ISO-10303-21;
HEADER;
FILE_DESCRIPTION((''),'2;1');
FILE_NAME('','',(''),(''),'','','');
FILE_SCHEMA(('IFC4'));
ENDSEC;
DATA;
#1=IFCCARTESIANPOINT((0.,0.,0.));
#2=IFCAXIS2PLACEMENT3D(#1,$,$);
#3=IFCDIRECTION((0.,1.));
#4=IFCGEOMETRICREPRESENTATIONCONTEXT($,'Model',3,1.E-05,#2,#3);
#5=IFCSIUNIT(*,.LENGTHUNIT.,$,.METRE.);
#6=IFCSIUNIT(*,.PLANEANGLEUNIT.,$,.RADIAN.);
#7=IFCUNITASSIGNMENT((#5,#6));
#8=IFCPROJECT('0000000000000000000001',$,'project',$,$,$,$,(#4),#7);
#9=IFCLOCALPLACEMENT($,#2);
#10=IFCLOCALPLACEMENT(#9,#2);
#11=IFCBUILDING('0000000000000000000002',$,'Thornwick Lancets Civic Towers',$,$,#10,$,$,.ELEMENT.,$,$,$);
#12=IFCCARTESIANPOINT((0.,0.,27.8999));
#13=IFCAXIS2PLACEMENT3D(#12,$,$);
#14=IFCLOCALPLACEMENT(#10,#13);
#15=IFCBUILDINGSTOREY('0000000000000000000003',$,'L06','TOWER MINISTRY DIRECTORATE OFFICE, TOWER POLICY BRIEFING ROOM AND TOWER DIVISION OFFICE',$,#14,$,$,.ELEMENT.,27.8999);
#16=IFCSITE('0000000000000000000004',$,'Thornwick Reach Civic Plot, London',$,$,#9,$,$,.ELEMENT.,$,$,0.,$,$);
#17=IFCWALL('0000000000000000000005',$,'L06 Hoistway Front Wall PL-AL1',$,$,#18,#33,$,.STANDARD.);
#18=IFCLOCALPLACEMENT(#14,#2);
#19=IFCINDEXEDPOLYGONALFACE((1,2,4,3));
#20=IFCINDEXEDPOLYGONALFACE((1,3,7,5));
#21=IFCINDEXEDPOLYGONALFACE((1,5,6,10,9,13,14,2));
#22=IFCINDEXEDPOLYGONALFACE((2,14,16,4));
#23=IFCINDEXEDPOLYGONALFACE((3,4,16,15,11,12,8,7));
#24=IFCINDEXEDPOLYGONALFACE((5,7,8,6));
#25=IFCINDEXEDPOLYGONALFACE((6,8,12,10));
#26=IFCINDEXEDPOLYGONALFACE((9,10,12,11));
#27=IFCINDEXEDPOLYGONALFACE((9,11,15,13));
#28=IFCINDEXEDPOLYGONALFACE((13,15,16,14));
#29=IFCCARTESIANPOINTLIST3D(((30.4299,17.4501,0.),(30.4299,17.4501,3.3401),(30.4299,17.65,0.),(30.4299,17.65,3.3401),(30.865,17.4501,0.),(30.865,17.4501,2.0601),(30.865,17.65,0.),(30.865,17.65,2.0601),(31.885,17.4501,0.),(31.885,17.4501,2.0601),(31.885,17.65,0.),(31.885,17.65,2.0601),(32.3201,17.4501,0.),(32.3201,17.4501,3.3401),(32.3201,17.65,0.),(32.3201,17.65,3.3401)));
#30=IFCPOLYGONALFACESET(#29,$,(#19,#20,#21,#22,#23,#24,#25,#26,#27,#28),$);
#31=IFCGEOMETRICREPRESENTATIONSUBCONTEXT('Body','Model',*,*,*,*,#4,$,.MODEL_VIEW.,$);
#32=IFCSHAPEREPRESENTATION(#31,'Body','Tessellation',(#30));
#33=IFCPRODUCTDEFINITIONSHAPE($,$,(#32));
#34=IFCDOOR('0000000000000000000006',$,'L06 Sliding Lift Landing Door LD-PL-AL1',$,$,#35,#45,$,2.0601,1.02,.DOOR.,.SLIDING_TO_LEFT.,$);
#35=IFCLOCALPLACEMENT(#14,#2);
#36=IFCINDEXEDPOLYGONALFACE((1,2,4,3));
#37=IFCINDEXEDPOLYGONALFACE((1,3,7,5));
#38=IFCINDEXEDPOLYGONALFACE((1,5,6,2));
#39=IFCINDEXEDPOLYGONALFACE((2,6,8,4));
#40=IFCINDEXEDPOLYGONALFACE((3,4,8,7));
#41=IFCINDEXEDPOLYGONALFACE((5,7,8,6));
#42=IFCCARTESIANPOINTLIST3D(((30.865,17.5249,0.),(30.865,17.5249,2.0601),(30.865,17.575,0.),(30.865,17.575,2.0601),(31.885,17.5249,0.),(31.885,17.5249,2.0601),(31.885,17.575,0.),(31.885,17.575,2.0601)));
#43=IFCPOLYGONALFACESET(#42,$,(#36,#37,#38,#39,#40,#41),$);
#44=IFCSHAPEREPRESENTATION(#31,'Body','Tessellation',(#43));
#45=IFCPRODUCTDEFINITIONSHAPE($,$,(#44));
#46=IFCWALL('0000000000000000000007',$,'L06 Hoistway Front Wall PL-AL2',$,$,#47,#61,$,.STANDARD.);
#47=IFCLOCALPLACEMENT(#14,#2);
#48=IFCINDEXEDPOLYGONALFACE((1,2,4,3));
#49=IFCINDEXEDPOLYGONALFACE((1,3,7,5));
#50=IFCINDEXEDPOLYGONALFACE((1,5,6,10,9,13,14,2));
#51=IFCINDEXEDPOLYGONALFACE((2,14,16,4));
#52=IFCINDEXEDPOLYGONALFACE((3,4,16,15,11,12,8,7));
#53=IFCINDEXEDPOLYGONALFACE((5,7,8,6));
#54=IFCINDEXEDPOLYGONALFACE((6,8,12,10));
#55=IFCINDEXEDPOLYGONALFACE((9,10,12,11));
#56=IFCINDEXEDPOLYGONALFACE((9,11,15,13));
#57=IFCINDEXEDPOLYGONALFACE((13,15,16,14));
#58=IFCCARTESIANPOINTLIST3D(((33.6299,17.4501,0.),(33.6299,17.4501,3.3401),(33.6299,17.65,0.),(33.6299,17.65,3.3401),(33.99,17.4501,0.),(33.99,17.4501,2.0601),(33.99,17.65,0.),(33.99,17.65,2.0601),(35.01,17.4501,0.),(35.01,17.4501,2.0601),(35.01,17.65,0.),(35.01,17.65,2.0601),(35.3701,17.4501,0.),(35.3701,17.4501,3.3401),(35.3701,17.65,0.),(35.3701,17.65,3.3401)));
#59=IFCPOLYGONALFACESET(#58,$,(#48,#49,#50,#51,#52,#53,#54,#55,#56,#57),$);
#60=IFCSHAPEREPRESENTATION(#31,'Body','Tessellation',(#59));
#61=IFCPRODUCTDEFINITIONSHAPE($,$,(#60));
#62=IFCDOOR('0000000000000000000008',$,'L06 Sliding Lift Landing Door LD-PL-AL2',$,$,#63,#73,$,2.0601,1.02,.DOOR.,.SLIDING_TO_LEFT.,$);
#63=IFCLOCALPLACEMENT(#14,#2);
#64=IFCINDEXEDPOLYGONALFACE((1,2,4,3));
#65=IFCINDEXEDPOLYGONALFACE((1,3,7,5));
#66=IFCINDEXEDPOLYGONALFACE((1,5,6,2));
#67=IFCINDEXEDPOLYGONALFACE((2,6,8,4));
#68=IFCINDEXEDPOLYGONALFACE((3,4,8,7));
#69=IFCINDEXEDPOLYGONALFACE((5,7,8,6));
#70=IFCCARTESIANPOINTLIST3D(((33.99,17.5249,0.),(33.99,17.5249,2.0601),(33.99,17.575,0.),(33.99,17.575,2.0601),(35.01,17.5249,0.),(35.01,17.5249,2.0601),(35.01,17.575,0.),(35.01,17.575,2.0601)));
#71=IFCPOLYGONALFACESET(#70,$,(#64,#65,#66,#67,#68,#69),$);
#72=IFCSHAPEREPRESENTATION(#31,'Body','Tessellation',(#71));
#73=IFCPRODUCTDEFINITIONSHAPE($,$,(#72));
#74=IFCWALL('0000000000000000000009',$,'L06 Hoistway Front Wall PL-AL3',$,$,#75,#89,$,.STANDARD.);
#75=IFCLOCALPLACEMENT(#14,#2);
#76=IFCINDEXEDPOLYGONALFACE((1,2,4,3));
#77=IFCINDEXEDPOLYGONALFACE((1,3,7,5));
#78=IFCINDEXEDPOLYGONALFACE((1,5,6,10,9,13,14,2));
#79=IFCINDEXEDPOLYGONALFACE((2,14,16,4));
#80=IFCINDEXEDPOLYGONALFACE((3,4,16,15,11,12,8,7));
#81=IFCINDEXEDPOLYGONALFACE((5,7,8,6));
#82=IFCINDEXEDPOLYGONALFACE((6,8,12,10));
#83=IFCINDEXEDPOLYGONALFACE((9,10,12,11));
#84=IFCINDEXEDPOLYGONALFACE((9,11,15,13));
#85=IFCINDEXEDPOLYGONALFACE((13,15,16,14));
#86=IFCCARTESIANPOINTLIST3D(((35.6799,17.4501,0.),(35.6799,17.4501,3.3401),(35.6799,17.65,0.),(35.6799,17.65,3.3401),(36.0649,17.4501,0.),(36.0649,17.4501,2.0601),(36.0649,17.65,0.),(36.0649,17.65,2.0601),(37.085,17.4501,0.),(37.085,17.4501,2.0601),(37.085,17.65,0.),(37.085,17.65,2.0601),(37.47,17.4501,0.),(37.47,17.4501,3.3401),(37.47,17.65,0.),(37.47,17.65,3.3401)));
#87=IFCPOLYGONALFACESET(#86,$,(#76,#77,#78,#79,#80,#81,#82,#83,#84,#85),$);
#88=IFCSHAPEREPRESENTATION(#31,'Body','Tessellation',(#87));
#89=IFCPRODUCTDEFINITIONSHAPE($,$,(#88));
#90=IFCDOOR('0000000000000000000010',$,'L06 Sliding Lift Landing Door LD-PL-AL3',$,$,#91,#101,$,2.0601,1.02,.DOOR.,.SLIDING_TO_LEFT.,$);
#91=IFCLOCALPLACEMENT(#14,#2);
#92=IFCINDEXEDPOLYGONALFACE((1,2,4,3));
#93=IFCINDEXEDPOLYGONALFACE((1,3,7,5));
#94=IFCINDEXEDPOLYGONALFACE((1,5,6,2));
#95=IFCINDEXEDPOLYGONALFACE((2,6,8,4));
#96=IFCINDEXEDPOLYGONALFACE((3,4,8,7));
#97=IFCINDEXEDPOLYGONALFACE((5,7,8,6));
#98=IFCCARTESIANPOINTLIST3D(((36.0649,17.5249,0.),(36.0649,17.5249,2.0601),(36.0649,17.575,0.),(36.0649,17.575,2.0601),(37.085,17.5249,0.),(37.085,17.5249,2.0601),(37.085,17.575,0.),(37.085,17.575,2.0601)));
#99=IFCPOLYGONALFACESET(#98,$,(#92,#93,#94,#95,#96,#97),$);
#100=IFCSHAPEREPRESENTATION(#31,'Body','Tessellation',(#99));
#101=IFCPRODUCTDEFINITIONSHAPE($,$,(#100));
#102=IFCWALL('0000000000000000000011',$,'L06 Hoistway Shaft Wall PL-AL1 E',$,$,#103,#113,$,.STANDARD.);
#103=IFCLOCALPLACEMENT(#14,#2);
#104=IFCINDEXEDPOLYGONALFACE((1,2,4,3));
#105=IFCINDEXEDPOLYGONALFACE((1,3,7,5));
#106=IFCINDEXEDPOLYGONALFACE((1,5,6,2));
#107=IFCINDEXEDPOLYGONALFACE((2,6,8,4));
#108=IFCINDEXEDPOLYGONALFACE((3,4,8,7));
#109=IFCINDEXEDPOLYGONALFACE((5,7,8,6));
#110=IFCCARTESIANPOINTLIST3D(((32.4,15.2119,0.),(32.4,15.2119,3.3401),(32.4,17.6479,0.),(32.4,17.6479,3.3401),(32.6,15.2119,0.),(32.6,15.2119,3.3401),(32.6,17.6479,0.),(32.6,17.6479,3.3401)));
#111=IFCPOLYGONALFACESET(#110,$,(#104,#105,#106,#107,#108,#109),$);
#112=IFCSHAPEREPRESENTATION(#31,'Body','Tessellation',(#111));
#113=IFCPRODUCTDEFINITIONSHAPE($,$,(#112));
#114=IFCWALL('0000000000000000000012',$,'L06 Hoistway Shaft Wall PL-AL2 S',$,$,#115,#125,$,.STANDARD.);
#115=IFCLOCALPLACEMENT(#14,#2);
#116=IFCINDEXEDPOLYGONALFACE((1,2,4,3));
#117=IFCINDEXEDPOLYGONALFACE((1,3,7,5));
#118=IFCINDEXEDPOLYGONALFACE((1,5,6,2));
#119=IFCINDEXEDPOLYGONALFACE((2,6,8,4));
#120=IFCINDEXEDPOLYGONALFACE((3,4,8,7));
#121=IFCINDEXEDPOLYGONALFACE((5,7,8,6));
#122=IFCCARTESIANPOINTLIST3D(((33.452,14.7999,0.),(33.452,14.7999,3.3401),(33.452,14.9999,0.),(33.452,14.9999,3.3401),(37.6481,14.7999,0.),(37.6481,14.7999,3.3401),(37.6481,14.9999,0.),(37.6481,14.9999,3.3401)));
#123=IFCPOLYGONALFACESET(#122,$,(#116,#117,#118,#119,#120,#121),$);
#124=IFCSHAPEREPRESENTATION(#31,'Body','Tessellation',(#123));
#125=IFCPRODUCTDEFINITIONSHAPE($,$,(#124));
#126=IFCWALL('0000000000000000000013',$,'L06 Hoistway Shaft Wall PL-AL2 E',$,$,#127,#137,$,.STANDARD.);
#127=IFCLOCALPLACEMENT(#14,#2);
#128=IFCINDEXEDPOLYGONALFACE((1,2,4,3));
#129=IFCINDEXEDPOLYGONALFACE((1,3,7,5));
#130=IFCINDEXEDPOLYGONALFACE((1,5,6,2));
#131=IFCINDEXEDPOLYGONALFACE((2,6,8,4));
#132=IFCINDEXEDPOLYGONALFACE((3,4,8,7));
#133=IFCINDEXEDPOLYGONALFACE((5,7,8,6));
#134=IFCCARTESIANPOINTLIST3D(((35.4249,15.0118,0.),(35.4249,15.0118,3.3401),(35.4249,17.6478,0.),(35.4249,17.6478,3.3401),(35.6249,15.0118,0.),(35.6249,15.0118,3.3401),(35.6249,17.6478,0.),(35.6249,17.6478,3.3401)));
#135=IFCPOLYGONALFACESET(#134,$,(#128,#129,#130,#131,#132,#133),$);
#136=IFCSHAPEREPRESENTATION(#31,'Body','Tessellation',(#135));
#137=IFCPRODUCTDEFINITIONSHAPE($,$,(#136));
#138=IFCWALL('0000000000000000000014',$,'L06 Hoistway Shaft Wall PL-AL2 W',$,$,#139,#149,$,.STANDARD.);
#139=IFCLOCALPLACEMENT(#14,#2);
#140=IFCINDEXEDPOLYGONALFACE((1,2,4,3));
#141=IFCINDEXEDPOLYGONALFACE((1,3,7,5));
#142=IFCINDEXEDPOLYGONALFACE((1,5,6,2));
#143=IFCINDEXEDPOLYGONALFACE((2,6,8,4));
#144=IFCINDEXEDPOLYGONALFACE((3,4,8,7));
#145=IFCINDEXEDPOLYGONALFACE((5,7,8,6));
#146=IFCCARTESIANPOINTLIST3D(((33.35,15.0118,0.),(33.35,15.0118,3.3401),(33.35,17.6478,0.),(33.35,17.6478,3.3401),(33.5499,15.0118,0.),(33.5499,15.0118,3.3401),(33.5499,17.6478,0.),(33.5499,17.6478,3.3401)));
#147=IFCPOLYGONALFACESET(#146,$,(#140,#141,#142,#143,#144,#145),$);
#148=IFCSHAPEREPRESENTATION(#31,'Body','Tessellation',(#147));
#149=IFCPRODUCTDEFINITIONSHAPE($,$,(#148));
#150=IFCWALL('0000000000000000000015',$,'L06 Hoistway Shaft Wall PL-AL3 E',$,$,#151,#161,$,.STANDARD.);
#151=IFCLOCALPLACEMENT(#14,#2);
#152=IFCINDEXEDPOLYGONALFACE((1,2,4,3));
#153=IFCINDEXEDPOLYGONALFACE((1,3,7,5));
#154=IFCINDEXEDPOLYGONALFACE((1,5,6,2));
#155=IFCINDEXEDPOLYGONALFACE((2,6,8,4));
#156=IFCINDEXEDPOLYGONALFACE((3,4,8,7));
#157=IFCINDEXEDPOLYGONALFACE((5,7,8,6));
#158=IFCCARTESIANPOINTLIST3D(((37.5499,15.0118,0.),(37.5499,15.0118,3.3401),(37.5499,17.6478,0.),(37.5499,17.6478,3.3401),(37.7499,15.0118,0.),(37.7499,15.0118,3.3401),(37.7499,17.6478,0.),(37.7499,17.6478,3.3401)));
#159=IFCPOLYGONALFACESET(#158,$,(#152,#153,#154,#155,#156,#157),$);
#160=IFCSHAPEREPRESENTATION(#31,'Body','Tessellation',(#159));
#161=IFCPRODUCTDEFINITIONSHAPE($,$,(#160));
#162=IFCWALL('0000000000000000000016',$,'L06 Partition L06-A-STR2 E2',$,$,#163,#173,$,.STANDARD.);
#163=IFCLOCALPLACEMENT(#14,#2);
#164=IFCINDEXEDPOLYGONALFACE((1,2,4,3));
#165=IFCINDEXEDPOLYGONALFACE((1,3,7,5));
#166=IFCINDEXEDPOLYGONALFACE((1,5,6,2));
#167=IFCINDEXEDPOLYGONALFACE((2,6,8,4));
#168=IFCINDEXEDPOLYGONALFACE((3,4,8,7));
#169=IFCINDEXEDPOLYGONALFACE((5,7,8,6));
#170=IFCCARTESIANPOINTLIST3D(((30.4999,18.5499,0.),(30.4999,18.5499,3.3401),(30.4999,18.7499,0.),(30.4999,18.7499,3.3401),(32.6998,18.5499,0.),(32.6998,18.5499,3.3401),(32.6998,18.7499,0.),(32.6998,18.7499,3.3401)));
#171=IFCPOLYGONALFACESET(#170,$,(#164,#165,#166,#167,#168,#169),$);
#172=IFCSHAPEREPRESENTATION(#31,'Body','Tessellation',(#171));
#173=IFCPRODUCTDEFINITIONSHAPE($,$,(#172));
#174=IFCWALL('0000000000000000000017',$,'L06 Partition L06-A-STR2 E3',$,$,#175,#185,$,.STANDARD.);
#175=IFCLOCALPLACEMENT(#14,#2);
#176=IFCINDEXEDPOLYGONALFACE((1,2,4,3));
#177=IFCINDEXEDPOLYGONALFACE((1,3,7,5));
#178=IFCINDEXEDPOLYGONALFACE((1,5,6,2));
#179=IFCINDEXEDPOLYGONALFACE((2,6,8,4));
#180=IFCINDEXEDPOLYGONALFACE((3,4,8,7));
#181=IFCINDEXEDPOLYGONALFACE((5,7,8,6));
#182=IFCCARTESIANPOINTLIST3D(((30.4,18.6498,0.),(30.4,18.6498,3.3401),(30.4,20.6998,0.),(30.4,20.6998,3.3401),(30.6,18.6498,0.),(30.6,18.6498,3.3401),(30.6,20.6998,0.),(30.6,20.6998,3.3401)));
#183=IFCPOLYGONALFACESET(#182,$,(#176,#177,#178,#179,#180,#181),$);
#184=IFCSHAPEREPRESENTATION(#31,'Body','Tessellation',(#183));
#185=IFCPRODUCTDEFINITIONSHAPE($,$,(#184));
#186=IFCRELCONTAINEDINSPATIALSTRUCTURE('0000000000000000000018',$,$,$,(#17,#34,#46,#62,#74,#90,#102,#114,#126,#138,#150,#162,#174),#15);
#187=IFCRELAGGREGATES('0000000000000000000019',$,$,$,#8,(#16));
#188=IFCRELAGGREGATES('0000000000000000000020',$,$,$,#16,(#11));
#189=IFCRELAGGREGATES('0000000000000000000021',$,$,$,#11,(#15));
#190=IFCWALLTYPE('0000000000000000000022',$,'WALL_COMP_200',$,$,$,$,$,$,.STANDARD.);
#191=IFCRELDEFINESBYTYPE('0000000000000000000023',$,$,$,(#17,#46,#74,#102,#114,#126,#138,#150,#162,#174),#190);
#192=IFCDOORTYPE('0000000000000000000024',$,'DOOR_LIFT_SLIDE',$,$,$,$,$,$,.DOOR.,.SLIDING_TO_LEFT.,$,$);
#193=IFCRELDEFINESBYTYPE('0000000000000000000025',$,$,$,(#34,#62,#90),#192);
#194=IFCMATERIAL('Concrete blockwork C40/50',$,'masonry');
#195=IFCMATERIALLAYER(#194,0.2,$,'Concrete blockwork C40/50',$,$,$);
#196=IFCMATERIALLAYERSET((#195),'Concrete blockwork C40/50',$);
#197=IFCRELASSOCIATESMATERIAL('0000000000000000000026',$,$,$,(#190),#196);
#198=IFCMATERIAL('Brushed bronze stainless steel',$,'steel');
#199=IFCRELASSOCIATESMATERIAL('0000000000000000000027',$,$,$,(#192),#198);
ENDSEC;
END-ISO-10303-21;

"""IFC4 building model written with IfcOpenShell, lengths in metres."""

from ifc_helpers import new_model, si_unit, direction, frame, frame_2d, origin, place, context, subcontext, project, spatial, rectangle, extrude, material, layer, layer_set, type_object, element, fill, save


model = new_model("IFC4")

# Units and contexts
model_context = context("Model", 3, precision=1e-05, world=origin(), true_north=direction((0.0, 1.0)))
body_context = subcontext(model_context, "Body", "Model", "MODEL_VIEW")
ifc_project = project(units=[si_unit("LENGTHUNIT", "METRE"), si_unit("PLANEANGLEUNIT", "RADIAN")], contexts=[model_context])

# Site, building, storey
site_placement = place(None, origin())
site = spatial("IfcSite", under=ifc_project, at=site_placement, Name="Thornwick Reach Civic Plot, London", CompositionType="ELEMENT", RefElevation=0.0)
building_placement = place(site_placement, origin())
building = spatial("IfcBuilding", under=site, at=building_placement, Name="Thornwick Lancets Civic Towers", CompositionType="ELEMENT")
storey_placement = place(building_placement, frame((0.0, 0.0, 27.8999)))
storey = spatial("IfcBuildingStorey", under=building, at=storey_placement, Name="L06", Description="TOWER MINISTRY DIRECTORATE OFFICE, TOWER POLICY BRIEFING ROOM AND TOWER DIVISION OFFICE", CompositionType="ELEMENT", Elevation=27.8999)

# Walls, openings, doors
ifc_material_1 = material(Name="Concrete blockwork C40/50", Category="masonry")
ifc_layer_1 = layer(ifc_material_1, 0.2, Name="Concrete blockwork C40/50")
ifc_layer_set_1 = layer_set([ifc_layer_1], Name="Concrete blockwork C40/50")
wall_type_1 = type_object("IfcWallType", Name="WALL_COMP_200", PredefinedType="STANDARD", material=ifc_layer_set_1)
wall_1_placement = place(storey_placement, frame((30.4299, 17.55, 0.0), z_axis=(0.0, 0.0, 1.0), x_axis=(1.0, 0.0, 0.0)))
wall_1 = element("IfcWall", 1, at=wall_1_placement, inside=storey, type_object=wall_type_1, Name="L06 Hoistway Front Wall PL-AL1", PredefinedType="STANDARD", context=body_context, shape_type="SweptSolid", body=[
    extrude(rectangle(XDim=1.8901, YDim=0.2, at=frame_2d((0.9451, 0.0))), origin(), (0.0, 0.0, 1.0), 3.3401),
])
opening_1_placement = place(wall_1_placement, frame((0.4351, 0.0, 0.0)))
opening_1 = element("IfcOpeningElement", 2, at=opening_1_placement, cuts=wall_1, PredefinedType="OPENING", context=body_context, shape_type="SweptSolid", body=[
    extrude(rectangle(XDim=1.02, YDim=2.0601, at=frame_2d((0.51, 1.03))), frame((0.0, 0.1099, 0.0), z_axis=(0.0, -1.0, 0.0), x_axis=(1.0, 0.0, 0.0)), (0.0, 0.0, 1.0), 0.22),
])
ifc_material_2 = material(Name="Brushed bronze stainless steel", Category="steel")
door_type_1 = type_object("IfcDoorType", Name="DOOR_LIFT_SLIDE", OperationType="SLIDING_TO_LEFT", PredefinedType="DOOR", material=ifc_material_2)
door_1_placement = place(opening_1_placement, origin())
door_1 = element("IfcDoor", 3, at=door_1_placement, inside=storey, type_object=door_type_1, Name="L06 Sliding Lift Landing Door LD-PL-AL1", OperationType="SLIDING_TO_LEFT", OverallHeight=2.0601, OverallWidth=1.02, PredefinedType="DOOR", context=body_context, shape_type="SweptSolid", body=[
    extrude(rectangle(XDim=1.02, YDim=2.0601, at=frame_2d((0.51, 1.03))), frame((0.0, 0.0249, 0.0), z_axis=(0.0, -1.0, 0.0), x_axis=(1.0, 0.0, 0.0)), (0.0, 0.0, 1.0), 0.05),
])
fill(opening_1, door_1)
wall_2_placement = place(storey_placement, frame((33.6299, 17.55, 0.0), z_axis=(0.0, 0.0, 1.0), x_axis=(1.0, 0.0, 0.0)))
wall_2 = element("IfcWall", 4, at=wall_2_placement, inside=storey, type_object=wall_type_1, Name="L06 Hoistway Front Wall PL-AL2", PredefinedType="STANDARD", context=body_context, shape_type="SweptSolid", body=[
    extrude(rectangle(XDim=1.7402, YDim=0.2, at=frame_2d((0.8701, 0.0))), origin(), (0.0, 0.0, 1.0), 3.3401),
])
opening_2_placement = place(wall_2_placement, frame((0.3601, 0.0, 0.0)))
opening_2 = element("IfcOpeningElement", 5, at=opening_2_placement, cuts=wall_2, PredefinedType="OPENING", context=body_context, shape_type="SweptSolid", body=[
    extrude(rectangle(XDim=1.02, YDim=2.0601, at=frame_2d((0.51, 1.03))), frame((0.0, 0.1099, 0.0), z_axis=(0.0, -1.0, 0.0), x_axis=(1.0, 0.0, 0.0)), (0.0, 0.0, 1.0), 0.22),
])
door_2_placement = place(opening_2_placement, origin())
door_2 = element("IfcDoor", 6, at=door_2_placement, inside=storey, type_object=door_type_1, Name="L06 Sliding Lift Landing Door LD-PL-AL2", OperationType="SLIDING_TO_LEFT", OverallHeight=2.0601, OverallWidth=1.02, PredefinedType="DOOR", context=body_context, shape_type="SweptSolid", body=[
    extrude(rectangle(XDim=1.02, YDim=2.0601, at=frame_2d((0.51, 1.03))), frame((0.0, 0.0249, 0.0), z_axis=(0.0, -1.0, 0.0), x_axis=(1.0, 0.0, 0.0)), (0.0, 0.0, 1.0), 0.05),
])
fill(opening_2, door_2)
wall_3_placement = place(storey_placement, frame((35.6799, 17.55, 0.0), z_axis=(0.0, 0.0, 1.0), x_axis=(1.0, 0.0, 0.0)))
wall_3 = element("IfcWall", 7, at=wall_3_placement, inside=storey, type_object=wall_type_1, Name="L06 Hoistway Front Wall PL-AL3", PredefinedType="STANDARD", context=body_context, shape_type="SweptSolid", body=[
    extrude(rectangle(XDim=1.79, YDim=0.2, at=frame_2d((0.895, 0.0))), origin(), (0.0, 0.0, 1.0), 3.3401),
])
opening_3_placement = place(wall_3_placement, frame((0.385, 0.0, 0.0)))
opening_3 = element("IfcOpeningElement", 8, at=opening_3_placement, cuts=wall_3, PredefinedType="OPENING", context=body_context, shape_type="SweptSolid", body=[
    extrude(rectangle(XDim=1.02, YDim=2.0601, at=frame_2d((0.51, 1.03))), frame((0.0, 0.1099, 0.0), z_axis=(0.0, -1.0, 0.0), x_axis=(1.0, 0.0, 0.0)), (0.0, 0.0, 1.0), 0.22),
])
door_3_placement = place(opening_3_placement, origin())
door_3 = element("IfcDoor", 9, at=door_3_placement, inside=storey, type_object=door_type_1, Name="L06 Sliding Lift Landing Door LD-PL-AL3", OperationType="SLIDING_TO_LEFT", OverallHeight=2.0601, OverallWidth=1.02, PredefinedType="DOOR", context=body_context, shape_type="SweptSolid", body=[
    extrude(rectangle(XDim=1.02, YDim=2.0601, at=frame_2d((0.51, 1.03))), frame((0.0, 0.0249, 0.0), z_axis=(0.0, -1.0, 0.0), x_axis=(1.0, 0.0, 0.0)), (0.0, 0.0, 1.0), 0.05),
])
fill(opening_3, door_3)

# Walls
wall_4_placement = place(storey_placement, frame((32.5, 15.2119, 0.0), z_axis=(0.0, 0.0, 1.0), x_axis=(0.0, 1.0, 0.0)))
element("IfcWall", 10, at=wall_4_placement, inside=storey, type_object=wall_type_1, Name="L06 Hoistway Shaft Wall PL-AL1 E", PredefinedType="STANDARD", context=body_context, shape_type="SweptSolid", body=[
    extrude(rectangle(XDim=2.436, YDim=0.2, at=frame_2d((1.218, 0.0))), origin(), (0.0, 0.0, 1.0), 3.3401),
])
wall_5_placement = place(storey_placement, frame((33.4519, 14.8999, 0.0), z_axis=(0.0, 0.0, 1.0), x_axis=(1.0, 0.0, 0.0)))
element("IfcWall", 11, at=wall_5_placement, inside=storey, type_object=wall_type_1, Name="L06 Hoistway Shaft Wall PL-AL2 S", PredefinedType="STANDARD", context=body_context, shape_type="SweptSolid", body=[
    extrude(rectangle(XDim=4.196, YDim=0.2, at=frame_2d((2.0981, 0.0))), origin(), (0.0, 0.0, 1.0), 3.3401),
])
for number, where, z_axis, x_axis, name in (
    (12, (35.5249, 15.012, 0.0), (0.0, 0.0, 1.0), (0.0, 1.0, 0.0), "L06 Hoistway Shaft Wall PL-AL2 E"),
    (13, (33.45, 15.012, 0.0), (0.0, 0.0, 1.0), (0.0, 1.0, 0.0), "L06 Hoistway Shaft Wall PL-AL2 W"),
    (14, (37.6499, 15.012, 0.0), (0.0, 0.0, 1.0), (0.0, 1.0, 0.0), "L06 Hoistway Shaft Wall PL-AL3 E"),
):
    element("IfcWall", number, at=place(storey_placement, frame(where, z_axis=z_axis, x_axis=x_axis)), inside=storey, type_object=wall_type_1, Name=name, PredefinedType="STANDARD", context=body_context, shape_type="SweptSolid", body=[
        extrude(rectangle(XDim=2.636, YDim=0.2, at=frame_2d((1.3179, 0.0))), origin(), (0.0, 0.0, 1.0), 3.3401),
    ])
wall_6_placement = place(storey_placement, frame((32.7, 18.6499, 0.0), z_axis=(0.0, 0.0, 1.0), x_axis=(-1.0, 0.0, 0.0)))
element("IfcWall", 15, at=wall_6_placement, inside=storey, type_object=wall_type_1, Name="L06 Partition L06-A-STR2 E2", PredefinedType="STANDARD", context=body_context, shape_type="SweptSolid", body=[
    extrude(rectangle(XDim=2.2, YDim=0.2, at=frame_2d((1.1001, 0.0))), origin(), (0.0, 0.0, 1.0), 3.3401),
])
wall_7_placement = place(storey_placement, frame((30.5, 18.6499, 0.0), z_axis=(0.0, 0.0, 1.0), x_axis=(0.0, 1.0, 0.0)))
element("IfcWall", 16, at=wall_7_placement, inside=storey, type_object=wall_type_1, Name="L06 Partition L06-A-STR2 E3", PredefinedType="STANDARD", context=body_context, shape_type="SweptSolid", body=[
    extrude(rectangle(XDim=2.05, YDim=0.2, at=frame_2d((1.0249, 0.0))), origin(), (0.0, 0.0, 1.0), 3.3401),
])

save(model, "model.ifc")
